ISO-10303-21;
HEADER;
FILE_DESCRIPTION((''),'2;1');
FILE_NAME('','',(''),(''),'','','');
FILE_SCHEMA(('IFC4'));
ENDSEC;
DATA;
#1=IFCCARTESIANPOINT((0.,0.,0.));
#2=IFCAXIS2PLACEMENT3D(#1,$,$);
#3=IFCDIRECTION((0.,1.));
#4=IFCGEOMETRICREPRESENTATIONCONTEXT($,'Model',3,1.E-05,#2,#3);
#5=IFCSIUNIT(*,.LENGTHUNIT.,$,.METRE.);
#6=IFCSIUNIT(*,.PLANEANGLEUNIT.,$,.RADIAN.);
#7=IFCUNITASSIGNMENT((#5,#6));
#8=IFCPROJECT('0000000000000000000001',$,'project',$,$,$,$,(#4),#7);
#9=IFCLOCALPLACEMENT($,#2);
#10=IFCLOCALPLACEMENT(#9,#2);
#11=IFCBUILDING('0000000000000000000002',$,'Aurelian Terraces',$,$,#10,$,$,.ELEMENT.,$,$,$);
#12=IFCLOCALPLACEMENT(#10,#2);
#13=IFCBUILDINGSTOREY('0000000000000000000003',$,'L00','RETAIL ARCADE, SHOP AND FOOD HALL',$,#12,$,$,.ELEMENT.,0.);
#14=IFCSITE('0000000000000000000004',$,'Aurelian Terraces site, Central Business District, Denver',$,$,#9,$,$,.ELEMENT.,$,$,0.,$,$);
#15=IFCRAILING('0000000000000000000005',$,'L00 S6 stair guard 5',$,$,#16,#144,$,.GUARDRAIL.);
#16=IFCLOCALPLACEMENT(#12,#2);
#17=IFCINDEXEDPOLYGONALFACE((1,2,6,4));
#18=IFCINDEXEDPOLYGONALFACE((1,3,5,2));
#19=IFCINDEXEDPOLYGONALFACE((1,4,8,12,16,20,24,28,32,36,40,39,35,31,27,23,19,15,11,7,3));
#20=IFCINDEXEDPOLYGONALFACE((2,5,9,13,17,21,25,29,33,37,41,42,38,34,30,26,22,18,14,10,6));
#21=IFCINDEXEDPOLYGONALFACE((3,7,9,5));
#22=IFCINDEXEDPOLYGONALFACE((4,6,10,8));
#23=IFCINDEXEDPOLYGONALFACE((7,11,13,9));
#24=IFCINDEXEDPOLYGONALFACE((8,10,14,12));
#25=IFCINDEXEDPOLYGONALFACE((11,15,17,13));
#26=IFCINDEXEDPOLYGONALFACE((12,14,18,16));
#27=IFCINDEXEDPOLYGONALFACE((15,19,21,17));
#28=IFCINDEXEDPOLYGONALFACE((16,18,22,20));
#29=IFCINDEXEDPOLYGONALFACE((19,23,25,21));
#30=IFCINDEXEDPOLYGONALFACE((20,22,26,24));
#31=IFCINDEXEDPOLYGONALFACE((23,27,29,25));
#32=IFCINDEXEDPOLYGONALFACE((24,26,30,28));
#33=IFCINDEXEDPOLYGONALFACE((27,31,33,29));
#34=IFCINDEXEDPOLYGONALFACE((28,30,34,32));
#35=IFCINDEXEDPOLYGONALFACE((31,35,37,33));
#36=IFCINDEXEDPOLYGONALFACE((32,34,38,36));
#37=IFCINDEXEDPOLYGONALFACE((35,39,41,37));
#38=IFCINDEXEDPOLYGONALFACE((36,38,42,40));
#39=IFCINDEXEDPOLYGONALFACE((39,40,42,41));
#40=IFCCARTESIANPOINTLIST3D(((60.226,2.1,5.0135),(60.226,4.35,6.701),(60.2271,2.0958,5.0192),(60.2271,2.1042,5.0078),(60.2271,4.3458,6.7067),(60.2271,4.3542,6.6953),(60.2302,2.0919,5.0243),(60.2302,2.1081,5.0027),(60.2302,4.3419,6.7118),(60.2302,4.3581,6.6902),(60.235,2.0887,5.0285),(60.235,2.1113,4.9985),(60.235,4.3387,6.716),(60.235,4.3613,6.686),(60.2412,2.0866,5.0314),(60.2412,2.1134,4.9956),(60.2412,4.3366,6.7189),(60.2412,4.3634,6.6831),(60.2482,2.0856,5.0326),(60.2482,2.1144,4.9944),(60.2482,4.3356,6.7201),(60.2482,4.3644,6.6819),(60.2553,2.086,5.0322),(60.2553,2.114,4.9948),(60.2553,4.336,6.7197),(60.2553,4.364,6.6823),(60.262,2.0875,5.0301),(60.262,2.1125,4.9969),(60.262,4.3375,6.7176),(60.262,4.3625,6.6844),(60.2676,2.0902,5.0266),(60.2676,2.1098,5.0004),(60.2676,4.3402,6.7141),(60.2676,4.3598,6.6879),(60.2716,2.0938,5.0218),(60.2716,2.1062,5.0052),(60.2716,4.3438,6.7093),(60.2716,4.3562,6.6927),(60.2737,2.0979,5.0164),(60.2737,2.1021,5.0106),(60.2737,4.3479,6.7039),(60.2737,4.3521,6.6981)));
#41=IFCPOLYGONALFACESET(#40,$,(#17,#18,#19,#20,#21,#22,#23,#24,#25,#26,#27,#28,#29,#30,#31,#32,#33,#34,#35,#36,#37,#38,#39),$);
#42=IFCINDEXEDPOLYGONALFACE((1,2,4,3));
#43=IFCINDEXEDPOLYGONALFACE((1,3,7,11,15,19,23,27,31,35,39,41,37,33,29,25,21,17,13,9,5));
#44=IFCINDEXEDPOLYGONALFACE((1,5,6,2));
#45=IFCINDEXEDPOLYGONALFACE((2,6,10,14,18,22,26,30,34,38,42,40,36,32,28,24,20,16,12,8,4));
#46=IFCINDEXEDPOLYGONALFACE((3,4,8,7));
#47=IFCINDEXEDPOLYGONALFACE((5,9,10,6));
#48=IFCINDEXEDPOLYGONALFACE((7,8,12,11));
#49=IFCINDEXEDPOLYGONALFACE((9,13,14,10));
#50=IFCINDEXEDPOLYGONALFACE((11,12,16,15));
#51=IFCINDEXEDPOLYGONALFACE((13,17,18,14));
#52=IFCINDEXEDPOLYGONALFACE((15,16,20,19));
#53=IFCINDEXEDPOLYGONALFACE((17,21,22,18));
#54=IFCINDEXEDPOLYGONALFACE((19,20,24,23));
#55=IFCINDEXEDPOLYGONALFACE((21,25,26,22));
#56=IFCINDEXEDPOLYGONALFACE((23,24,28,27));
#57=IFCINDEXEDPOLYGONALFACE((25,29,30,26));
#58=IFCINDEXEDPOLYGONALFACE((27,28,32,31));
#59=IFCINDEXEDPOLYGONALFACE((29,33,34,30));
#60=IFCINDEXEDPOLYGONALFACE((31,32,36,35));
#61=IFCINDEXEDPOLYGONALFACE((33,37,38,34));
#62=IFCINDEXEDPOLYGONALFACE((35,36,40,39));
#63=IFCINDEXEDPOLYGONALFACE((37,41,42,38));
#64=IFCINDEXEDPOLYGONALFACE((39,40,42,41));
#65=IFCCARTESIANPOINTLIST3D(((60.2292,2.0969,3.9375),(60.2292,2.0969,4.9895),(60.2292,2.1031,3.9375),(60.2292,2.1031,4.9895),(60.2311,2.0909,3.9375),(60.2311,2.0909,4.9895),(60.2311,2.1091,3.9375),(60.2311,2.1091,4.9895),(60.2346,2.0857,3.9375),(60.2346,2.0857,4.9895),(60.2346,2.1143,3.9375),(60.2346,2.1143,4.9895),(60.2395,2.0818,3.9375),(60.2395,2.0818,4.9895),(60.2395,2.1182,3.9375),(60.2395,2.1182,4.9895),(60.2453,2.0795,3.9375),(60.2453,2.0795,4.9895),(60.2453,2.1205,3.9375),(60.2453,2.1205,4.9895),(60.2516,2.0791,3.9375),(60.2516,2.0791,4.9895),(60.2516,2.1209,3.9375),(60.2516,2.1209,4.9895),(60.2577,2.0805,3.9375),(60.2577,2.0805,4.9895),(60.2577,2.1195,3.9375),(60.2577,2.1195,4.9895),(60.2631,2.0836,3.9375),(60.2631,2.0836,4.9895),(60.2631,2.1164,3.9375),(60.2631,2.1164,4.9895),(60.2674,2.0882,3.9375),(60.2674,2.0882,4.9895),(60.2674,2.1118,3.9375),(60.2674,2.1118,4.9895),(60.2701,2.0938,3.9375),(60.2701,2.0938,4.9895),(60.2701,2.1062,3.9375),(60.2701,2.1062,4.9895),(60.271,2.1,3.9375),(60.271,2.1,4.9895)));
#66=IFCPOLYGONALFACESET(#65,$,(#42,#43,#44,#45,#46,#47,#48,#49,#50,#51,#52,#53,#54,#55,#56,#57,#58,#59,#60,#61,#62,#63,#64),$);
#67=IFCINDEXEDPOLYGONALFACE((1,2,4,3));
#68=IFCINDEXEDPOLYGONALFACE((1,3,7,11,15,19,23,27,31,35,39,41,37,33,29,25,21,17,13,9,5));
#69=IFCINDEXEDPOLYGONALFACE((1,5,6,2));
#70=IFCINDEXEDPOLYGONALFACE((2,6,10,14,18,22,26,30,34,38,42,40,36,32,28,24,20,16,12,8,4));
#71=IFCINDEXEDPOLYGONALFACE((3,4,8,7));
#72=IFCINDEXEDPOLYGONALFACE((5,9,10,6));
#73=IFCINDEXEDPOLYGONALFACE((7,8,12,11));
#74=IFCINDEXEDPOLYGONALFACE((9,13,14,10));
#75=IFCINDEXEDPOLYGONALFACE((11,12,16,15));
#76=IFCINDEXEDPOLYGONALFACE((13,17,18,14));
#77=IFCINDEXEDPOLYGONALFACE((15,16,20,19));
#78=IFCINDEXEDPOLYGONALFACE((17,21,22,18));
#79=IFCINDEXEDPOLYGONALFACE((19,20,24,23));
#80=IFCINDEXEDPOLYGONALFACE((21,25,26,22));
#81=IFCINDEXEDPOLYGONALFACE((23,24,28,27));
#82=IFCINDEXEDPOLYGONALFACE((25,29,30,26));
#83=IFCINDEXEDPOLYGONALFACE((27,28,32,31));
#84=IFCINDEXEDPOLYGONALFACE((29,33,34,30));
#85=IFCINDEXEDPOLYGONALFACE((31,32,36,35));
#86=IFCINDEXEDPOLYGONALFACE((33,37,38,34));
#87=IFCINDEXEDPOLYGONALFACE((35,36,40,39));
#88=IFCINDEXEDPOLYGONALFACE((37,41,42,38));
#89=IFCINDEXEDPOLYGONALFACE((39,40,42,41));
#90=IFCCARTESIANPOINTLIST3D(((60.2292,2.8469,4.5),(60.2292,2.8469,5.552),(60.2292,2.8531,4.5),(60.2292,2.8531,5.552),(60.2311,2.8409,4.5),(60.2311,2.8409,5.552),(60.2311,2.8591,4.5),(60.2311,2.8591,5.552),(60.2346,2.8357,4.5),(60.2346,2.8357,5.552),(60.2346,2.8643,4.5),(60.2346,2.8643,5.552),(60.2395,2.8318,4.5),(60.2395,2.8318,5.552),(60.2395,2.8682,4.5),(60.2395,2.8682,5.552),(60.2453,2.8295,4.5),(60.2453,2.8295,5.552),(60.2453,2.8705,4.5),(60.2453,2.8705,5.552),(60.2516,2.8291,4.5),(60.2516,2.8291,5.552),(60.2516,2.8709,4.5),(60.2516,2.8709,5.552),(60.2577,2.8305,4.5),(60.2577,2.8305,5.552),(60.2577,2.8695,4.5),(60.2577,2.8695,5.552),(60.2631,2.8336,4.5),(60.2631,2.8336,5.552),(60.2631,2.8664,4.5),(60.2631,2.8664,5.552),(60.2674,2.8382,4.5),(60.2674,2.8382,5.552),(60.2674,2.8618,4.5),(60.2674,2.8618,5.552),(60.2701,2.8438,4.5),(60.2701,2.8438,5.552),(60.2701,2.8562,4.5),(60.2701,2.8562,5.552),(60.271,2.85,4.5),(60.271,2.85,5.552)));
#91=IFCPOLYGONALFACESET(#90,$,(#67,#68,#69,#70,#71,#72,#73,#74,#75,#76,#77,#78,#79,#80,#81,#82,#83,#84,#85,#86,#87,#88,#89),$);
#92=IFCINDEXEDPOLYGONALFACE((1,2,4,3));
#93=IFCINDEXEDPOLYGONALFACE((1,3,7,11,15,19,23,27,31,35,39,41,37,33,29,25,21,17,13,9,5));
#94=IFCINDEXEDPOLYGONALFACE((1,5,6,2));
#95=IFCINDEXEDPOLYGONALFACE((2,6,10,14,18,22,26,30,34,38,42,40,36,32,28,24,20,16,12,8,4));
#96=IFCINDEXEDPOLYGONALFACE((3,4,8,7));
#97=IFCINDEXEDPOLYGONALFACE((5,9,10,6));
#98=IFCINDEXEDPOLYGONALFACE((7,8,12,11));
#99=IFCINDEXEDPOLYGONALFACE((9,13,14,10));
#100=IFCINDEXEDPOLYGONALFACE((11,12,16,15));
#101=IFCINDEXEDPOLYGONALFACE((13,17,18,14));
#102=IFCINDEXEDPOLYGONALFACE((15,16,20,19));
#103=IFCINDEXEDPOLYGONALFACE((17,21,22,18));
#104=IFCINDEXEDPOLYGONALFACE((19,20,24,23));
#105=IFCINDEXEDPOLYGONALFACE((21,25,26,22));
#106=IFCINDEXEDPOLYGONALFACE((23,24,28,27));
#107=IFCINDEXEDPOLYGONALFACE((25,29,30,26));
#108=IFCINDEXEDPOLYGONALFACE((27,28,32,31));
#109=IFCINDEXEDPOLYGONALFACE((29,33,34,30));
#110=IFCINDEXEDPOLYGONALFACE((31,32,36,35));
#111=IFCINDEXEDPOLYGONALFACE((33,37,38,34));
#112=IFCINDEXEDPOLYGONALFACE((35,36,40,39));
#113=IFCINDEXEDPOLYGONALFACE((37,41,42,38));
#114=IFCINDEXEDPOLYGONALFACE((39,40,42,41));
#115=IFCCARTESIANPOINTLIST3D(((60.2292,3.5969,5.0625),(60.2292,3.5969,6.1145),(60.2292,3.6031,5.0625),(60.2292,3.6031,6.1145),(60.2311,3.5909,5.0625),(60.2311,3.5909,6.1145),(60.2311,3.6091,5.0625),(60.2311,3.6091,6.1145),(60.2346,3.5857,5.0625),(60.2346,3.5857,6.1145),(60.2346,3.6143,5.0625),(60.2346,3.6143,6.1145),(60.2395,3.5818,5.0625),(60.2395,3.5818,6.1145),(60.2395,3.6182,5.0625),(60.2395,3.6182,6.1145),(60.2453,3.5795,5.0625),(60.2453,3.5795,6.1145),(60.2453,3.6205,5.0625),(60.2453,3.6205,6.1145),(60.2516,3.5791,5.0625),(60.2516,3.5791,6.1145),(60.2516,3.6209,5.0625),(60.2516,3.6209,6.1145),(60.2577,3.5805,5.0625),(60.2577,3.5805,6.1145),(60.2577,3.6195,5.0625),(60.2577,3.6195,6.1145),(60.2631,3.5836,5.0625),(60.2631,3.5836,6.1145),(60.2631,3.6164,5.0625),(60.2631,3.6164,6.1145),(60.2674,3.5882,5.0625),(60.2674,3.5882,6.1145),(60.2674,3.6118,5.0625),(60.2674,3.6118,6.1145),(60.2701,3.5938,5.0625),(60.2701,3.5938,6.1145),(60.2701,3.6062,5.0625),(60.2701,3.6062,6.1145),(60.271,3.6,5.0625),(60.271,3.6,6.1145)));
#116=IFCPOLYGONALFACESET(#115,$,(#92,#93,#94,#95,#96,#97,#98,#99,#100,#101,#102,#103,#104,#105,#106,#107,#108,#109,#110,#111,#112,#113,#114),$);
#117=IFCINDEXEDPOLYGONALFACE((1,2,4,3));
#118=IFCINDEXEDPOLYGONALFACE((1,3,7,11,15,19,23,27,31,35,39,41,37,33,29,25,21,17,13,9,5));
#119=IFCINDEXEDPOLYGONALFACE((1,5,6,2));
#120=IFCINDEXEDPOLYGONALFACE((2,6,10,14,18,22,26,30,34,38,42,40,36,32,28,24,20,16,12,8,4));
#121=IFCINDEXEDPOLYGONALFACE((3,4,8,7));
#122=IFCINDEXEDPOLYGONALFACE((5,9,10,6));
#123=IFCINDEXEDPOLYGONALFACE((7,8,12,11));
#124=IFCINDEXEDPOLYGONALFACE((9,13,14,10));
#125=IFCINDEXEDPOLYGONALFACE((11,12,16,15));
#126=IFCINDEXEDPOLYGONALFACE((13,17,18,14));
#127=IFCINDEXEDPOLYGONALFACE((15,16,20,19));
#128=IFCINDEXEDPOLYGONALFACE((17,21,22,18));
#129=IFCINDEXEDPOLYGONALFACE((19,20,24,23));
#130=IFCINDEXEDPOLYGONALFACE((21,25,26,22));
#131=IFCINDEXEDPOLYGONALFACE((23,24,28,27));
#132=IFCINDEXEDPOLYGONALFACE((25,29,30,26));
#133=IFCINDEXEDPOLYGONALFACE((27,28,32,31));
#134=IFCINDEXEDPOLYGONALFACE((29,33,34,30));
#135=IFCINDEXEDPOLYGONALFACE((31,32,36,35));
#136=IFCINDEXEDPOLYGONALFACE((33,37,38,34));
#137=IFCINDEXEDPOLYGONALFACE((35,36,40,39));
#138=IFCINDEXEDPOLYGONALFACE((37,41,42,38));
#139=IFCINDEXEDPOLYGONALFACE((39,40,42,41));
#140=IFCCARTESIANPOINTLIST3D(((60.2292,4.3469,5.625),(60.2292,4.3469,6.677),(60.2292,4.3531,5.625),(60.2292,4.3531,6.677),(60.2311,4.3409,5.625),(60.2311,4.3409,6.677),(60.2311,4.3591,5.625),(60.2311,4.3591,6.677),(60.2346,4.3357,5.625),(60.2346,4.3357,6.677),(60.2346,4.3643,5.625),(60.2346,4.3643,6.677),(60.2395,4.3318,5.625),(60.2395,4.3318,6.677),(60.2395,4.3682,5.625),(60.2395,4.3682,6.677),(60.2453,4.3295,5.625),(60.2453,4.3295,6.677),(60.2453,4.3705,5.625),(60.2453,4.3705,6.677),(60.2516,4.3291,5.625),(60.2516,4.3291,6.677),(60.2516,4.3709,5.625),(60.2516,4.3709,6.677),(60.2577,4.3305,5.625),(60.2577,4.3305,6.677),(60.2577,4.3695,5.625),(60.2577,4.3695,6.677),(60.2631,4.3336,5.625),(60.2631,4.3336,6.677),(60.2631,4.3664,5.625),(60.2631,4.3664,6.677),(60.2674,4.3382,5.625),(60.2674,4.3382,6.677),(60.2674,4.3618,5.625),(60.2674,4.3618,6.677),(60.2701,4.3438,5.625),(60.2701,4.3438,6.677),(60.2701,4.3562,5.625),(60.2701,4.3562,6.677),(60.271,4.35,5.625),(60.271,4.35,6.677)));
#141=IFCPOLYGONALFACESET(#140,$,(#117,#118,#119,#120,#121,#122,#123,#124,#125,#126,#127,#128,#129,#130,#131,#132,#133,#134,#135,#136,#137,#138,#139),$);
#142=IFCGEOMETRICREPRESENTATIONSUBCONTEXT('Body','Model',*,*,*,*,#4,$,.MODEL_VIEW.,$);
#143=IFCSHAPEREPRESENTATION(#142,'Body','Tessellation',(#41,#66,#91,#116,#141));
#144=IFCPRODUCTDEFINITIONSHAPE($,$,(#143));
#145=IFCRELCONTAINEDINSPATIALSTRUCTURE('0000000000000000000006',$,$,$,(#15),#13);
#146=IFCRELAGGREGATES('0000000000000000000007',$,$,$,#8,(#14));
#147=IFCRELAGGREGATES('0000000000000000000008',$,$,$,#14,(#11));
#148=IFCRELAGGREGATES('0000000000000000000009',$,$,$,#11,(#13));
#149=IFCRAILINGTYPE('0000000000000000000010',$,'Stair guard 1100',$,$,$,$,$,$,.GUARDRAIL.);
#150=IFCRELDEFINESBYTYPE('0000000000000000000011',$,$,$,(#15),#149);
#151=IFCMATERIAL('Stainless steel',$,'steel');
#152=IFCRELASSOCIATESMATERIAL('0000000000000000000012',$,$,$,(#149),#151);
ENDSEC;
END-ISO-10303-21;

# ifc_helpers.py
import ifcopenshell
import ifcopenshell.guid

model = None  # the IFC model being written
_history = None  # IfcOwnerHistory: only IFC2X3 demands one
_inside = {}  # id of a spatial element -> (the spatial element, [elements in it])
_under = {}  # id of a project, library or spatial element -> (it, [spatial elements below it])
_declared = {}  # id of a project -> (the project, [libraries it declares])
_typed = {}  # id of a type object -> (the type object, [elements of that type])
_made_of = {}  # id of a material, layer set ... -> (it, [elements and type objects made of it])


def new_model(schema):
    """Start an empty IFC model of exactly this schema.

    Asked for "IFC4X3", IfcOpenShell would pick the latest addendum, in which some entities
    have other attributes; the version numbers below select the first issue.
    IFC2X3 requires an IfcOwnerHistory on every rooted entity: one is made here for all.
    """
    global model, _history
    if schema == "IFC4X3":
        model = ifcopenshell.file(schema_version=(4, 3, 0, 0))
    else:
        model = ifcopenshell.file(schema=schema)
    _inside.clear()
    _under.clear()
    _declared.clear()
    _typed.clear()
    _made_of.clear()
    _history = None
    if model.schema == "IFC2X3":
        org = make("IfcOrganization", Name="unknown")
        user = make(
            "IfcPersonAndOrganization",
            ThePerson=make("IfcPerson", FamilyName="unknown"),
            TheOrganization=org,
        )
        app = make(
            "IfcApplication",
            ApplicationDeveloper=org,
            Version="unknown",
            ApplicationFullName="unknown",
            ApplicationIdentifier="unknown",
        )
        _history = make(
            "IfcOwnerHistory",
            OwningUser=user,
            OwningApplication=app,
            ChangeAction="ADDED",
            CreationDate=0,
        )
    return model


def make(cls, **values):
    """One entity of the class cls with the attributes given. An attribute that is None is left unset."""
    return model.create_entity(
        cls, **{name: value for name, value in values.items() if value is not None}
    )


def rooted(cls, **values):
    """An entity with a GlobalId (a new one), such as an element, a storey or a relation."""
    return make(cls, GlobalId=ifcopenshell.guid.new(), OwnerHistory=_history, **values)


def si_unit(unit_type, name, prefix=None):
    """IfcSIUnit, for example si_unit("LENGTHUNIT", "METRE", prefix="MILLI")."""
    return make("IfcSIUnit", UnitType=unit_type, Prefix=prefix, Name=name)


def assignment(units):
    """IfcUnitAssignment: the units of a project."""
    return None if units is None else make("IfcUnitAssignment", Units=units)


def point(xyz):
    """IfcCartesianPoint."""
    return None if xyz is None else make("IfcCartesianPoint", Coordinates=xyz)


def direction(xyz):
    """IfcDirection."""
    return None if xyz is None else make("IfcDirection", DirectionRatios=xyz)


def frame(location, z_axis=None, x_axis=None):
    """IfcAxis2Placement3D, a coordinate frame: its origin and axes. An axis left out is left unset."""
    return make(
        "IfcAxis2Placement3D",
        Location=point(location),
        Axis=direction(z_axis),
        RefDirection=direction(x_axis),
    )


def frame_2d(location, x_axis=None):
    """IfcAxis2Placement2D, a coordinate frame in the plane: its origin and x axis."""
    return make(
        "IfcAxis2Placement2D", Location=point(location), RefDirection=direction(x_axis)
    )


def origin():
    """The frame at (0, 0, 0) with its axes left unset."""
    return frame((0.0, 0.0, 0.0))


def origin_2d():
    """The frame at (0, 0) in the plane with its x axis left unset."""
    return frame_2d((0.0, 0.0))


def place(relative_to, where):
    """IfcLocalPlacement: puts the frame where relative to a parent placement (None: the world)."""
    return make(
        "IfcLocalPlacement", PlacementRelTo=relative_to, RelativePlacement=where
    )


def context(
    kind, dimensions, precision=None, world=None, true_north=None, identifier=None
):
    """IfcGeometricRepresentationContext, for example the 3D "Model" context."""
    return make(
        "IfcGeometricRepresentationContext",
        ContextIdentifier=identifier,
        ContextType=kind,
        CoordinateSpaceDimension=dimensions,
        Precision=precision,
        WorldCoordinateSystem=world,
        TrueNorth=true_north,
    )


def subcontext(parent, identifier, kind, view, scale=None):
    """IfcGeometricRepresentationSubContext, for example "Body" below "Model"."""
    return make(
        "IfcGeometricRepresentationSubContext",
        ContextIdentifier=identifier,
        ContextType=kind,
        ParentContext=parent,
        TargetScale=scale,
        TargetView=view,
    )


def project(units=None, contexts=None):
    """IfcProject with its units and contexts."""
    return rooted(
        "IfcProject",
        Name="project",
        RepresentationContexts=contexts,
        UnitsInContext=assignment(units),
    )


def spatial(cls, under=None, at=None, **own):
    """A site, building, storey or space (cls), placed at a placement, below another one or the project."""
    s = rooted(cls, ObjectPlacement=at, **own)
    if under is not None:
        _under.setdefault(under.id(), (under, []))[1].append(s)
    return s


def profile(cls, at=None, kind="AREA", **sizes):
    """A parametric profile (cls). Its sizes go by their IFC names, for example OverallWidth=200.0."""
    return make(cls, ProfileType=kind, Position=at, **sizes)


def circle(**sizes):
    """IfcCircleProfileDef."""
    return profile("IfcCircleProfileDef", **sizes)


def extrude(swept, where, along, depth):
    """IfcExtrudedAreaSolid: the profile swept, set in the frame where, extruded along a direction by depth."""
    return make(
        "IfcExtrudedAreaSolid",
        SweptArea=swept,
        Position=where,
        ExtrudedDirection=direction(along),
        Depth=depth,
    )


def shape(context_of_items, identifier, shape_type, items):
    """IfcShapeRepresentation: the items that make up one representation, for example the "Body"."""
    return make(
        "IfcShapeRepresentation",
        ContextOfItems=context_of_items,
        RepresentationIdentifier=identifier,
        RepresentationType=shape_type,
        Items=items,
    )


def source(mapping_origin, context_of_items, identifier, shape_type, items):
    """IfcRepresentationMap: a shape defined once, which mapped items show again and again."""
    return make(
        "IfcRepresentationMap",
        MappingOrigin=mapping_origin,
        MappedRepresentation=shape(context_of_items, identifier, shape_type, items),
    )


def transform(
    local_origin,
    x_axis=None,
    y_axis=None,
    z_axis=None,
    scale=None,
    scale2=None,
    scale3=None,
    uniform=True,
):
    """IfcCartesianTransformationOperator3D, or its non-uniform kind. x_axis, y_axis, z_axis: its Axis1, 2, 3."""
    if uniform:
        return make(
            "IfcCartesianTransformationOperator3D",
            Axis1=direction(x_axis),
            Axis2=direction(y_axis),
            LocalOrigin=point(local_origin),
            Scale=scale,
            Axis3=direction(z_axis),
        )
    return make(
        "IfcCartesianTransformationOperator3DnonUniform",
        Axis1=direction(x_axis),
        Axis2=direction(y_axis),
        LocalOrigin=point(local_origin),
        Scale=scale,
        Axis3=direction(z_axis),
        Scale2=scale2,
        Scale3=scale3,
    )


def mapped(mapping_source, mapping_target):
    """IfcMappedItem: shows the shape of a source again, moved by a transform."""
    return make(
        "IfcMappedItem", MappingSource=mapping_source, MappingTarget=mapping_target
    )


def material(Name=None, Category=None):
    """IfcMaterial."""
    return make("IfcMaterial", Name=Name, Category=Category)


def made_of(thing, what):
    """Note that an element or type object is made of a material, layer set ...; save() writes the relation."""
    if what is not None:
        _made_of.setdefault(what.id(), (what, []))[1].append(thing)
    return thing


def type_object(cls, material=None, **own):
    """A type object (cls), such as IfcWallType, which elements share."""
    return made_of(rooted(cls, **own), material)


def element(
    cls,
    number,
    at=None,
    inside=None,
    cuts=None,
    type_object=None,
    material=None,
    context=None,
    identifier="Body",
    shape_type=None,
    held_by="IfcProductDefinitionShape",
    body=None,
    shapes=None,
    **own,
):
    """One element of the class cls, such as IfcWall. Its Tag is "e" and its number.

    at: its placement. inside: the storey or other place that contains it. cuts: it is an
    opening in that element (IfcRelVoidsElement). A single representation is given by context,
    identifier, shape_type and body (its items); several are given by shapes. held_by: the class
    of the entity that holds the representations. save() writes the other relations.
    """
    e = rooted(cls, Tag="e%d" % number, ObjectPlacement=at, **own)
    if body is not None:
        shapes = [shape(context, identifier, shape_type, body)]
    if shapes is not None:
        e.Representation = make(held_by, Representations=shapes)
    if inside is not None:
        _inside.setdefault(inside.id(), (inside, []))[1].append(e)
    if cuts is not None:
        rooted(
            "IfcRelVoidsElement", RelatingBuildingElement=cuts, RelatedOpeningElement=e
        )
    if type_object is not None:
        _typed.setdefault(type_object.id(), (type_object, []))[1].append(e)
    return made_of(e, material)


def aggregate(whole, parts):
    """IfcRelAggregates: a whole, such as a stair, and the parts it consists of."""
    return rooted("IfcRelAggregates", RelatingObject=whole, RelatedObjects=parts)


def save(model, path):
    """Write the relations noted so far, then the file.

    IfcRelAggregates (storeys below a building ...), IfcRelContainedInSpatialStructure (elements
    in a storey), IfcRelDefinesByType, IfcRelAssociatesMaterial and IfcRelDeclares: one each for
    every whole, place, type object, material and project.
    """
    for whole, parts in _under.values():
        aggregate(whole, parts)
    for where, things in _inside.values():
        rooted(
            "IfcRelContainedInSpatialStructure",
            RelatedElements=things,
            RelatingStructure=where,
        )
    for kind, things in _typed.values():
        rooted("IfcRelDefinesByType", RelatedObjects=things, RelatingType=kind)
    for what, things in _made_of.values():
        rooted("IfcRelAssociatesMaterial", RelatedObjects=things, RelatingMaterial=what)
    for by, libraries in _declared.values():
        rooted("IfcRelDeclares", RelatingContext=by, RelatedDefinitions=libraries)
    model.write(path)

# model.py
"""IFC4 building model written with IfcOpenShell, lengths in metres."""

from ifc_helpers import new_model, si_unit, direction, frame, origin, origin_2d, place, context, subcontext, project, spatial, circle, extrude, source, transform, mapped, material, type_object, element, save


model = new_model("IFC4")

# Units and contexts
model_context = context("Model", 3, precision=1e-05, world=origin(), true_north=direction((0.0, 1.0)))
body_context = subcontext(model_context, "Body", "Model", "MODEL_VIEW")
ifc_project = project(units=[si_unit("LENGTHUNIT", "METRE"), si_unit("PLANEANGLEUNIT", "RADIAN")], contexts=[model_context])

# Site, building, storey
site_placement = place(None, origin())
site = spatial("IfcSite", under=ifc_project, at=site_placement, Name="Aurelian Terraces site, Central Business District, Denver", CompositionType="ELEMENT", RefElevation=0.0)
building_placement = place(site_placement, origin())
building = spatial("IfcBuilding", under=site, at=building_placement, Name="Aurelian Terraces", CompositionType="ELEMENT")
storey_placement = place(building_placement, origin())
storey = spatial("IfcBuildingStorey", under=building, at=storey_placement, Name="L00", Description="RETAIL ARCADE, SHOP AND FOOD HALL", CompositionType="ELEMENT", Elevation=0.0)

# Railing
ifc_material_1 = material(Name="Stainless steel", Category="steel")
railing_type_1 = type_object("IfcRailingType", Name="Stair guard 1100", PredefinedType="GUARDRAIL", material=ifc_material_1)
shared_shape_1 = source(origin(), body_context, "Body", "SweptSolid", [
    extrude(circle(Radius=0.024, at=origin_2d()), frame((0.0, 0.0, 1.076), z_axis=(0.0, 0.8, 0.6), x_axis=(-1.0, 0.0, 0.0)), (0.0, 0.0, 1.0), 2.8125),
    extrude(circle(Radius=0.021, at=origin_2d()), origin(), (0.0, 0.0, 1.0), 1.052),
    extrude(circle(Radius=0.021, at=origin_2d()), frame((0.0, 0.75, 0.5625)), (0.0, 0.0, 1.0), 1.052),
    extrude(circle(Radius=0.021, at=origin_2d()), frame((0.0, 1.5, 1.125)), (0.0, 0.0, 1.0), 1.052),
    extrude(circle(Radius=0.021, at=origin_2d()), frame((0.0, 2.25, 1.6875)), (0.0, 0.0, 1.0), 1.052),
])
for number, where, name in (
    (1, (60.25, 2.1, 3.9375), "L00 S6 stair guard 5"),
):
    element("IfcRailing", number, at=place(storey_placement, frame(where)), inside=storey, type_object=railing_type_1, Name=name, PredefinedType="GUARDRAIL", context=body_context, shape_type="MappedRepresentation", body=[
        mapped(shared_shape_1, transform((0.0, 0.0, 0.0), scale=1.0)),
    ])

save(model, "model.ifc")
